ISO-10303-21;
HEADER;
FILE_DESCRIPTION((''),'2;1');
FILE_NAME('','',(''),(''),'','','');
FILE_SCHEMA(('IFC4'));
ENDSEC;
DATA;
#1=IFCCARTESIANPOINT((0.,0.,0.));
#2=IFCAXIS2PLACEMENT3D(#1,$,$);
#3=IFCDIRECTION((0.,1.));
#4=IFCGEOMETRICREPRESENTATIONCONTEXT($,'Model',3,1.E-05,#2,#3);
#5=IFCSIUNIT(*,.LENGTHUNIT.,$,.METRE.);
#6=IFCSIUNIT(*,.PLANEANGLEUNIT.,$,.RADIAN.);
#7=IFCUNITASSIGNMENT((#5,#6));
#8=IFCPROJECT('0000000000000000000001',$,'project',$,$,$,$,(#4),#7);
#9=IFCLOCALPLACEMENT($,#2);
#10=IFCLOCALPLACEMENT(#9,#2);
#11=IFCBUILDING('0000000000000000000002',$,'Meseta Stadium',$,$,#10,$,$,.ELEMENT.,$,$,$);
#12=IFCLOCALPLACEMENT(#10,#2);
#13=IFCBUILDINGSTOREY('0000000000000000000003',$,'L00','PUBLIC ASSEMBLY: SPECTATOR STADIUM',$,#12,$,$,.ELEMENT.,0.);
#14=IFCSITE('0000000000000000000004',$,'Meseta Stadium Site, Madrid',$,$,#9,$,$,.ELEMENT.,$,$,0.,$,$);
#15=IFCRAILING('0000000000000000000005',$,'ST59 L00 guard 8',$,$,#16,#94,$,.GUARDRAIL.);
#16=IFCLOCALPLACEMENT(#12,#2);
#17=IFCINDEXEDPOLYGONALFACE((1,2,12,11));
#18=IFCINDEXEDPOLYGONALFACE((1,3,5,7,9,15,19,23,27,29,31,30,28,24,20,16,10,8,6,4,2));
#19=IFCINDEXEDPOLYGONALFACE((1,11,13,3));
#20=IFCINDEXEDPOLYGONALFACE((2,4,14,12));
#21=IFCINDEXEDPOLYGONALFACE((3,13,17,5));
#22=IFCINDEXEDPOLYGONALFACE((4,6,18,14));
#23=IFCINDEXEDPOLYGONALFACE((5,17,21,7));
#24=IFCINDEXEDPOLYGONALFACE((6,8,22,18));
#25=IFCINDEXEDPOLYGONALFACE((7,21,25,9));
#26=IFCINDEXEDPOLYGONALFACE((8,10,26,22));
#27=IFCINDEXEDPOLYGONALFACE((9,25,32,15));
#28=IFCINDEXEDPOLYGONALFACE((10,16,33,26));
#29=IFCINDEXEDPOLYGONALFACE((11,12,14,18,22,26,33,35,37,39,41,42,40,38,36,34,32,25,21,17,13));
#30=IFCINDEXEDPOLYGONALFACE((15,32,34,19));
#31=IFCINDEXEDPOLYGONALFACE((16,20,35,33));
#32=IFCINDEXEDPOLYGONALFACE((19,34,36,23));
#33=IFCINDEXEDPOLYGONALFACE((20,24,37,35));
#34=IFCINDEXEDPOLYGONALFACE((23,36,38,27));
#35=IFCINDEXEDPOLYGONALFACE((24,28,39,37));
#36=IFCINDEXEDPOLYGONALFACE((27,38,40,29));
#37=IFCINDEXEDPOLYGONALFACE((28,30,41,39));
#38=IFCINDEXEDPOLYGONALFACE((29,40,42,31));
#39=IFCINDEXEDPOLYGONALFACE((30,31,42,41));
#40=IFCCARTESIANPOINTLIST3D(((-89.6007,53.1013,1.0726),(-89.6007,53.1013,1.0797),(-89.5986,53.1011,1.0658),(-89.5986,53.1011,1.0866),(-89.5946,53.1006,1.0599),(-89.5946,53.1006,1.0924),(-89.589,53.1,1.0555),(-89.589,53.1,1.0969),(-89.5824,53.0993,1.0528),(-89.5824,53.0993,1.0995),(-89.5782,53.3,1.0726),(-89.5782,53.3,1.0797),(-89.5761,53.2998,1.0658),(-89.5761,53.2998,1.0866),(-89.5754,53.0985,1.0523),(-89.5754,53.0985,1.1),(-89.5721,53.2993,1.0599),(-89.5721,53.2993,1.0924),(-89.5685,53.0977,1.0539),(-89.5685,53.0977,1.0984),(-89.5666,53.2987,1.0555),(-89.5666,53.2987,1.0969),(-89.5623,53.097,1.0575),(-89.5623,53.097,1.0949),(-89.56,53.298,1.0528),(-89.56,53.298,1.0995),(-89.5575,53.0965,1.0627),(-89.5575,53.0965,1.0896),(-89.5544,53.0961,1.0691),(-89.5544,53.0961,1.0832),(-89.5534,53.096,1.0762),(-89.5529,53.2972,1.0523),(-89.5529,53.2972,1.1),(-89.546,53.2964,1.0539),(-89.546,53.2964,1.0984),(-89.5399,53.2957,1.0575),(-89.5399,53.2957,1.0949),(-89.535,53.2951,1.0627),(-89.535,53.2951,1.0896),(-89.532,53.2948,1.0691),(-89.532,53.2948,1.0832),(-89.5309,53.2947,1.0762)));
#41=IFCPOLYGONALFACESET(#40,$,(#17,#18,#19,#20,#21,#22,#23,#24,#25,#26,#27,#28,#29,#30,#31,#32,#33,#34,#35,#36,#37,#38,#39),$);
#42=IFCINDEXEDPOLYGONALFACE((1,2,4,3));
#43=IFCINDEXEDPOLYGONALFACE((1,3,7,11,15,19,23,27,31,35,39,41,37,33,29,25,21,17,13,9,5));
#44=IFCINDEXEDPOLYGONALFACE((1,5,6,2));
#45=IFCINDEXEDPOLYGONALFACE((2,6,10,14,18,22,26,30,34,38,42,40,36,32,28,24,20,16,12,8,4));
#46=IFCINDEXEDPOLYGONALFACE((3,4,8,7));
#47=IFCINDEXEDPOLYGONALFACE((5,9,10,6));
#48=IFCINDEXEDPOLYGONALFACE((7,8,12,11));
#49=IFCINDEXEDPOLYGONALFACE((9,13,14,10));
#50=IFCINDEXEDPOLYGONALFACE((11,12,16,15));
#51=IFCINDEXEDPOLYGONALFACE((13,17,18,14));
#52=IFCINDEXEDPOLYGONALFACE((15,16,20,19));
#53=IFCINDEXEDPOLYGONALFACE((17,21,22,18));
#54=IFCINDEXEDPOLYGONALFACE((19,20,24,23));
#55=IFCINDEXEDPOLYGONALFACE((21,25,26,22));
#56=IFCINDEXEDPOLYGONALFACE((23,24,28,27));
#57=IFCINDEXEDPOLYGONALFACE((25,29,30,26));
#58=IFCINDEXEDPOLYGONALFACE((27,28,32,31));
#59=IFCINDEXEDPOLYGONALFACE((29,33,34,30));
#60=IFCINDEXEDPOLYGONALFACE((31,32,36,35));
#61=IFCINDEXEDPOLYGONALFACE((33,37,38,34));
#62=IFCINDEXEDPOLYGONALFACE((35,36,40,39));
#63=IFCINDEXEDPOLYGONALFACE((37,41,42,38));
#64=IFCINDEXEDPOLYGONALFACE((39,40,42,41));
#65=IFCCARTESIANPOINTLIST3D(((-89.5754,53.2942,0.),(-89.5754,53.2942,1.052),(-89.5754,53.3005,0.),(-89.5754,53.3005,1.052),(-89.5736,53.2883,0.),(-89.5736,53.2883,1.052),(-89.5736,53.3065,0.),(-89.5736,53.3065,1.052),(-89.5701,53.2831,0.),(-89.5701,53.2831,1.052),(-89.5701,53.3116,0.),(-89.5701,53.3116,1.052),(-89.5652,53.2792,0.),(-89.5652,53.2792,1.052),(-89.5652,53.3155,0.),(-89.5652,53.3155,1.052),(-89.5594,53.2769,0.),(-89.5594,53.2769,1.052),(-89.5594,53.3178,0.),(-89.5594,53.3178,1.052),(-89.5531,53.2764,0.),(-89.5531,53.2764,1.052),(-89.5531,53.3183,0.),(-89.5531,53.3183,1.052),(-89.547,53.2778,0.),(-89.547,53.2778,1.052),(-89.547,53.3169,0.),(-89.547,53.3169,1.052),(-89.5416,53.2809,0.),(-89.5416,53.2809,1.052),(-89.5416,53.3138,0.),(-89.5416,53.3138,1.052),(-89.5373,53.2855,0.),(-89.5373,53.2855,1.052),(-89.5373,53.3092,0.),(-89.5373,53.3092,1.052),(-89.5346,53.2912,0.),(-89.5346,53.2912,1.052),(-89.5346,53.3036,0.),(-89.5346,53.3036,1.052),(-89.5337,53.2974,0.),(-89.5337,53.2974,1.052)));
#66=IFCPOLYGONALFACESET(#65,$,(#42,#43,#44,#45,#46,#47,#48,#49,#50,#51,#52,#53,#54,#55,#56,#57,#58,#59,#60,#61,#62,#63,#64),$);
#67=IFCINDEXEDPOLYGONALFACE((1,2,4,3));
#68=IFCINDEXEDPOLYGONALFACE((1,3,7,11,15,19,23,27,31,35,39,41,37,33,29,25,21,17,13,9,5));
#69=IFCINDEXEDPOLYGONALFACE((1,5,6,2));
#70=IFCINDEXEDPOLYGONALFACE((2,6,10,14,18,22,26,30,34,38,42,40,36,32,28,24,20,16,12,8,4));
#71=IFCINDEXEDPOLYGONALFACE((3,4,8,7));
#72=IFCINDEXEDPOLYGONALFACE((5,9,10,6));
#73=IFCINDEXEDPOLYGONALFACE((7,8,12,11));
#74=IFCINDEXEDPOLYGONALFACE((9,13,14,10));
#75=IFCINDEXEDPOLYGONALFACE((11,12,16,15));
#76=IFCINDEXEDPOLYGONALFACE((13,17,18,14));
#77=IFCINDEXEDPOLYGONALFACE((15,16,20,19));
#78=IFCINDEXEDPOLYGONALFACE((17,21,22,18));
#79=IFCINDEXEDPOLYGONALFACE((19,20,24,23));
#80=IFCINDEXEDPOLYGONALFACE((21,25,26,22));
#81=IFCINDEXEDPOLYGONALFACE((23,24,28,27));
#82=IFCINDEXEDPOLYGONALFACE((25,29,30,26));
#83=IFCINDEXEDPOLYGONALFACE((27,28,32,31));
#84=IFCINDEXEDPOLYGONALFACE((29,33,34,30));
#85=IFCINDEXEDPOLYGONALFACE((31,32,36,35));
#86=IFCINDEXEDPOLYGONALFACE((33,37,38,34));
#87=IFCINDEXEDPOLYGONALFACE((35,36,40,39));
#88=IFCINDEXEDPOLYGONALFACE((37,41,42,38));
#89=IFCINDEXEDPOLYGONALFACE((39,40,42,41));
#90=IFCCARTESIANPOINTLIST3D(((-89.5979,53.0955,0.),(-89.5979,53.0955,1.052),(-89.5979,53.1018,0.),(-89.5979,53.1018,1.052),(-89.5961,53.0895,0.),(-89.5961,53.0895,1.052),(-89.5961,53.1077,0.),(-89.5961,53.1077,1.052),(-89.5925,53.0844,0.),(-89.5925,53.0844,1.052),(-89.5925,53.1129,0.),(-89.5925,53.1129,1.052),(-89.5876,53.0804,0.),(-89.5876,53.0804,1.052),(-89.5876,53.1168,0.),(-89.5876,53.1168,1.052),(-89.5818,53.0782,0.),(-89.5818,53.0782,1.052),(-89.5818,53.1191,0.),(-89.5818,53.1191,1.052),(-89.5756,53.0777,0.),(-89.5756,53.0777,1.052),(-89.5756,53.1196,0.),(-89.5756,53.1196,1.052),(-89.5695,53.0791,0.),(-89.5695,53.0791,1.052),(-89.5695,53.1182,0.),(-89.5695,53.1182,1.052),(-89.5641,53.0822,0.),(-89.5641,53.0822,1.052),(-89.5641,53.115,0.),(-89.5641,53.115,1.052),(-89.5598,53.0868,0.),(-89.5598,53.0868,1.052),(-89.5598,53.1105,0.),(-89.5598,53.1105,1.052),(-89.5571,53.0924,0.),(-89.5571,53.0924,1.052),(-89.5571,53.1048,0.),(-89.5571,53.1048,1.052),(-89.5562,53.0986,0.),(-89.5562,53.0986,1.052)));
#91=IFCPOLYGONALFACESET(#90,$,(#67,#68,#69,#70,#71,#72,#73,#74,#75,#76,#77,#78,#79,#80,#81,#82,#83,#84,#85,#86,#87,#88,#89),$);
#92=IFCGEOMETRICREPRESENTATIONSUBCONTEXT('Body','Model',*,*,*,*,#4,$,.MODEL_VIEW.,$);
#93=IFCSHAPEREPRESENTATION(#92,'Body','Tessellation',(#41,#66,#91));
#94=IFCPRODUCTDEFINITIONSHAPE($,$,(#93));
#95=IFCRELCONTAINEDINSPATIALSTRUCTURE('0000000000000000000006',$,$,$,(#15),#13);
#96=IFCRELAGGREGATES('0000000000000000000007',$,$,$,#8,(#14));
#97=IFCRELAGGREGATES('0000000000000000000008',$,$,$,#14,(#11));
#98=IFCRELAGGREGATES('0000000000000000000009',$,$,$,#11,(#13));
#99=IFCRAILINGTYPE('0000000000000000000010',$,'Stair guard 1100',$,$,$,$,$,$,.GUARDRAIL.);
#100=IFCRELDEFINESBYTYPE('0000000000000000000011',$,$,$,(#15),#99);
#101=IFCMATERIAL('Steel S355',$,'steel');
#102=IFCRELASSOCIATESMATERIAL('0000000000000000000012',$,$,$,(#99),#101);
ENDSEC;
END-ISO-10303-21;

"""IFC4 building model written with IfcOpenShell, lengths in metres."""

from ifc_helpers import new_model, si_unit, direction, frame, origin, origin_2d, place, context, subcontext, project, spatial, circle, extrude, material, type_object, element, save


model = new_model("IFC4")

# Units and contexts
model_context = context("Model", 3, precision=1e-05, world=origin(), true_north=direction((0.0, 1.0)))
body_context = subcontext(model_context, "Body", "Model", "MODEL_VIEW")
ifc_project = project(units=[si_unit("LENGTHUNIT", "METRE"), si_unit("PLANEANGLEUNIT", "RADIAN")], contexts=[model_context])

# Site, building, storey
site_placement = place(None, origin())
site = spatial("IfcSite", under=ifc_project, at=site_placement, Name="Meseta Stadium Site, Madrid", CompositionType="ELEMENT", RefElevation=0.0)
building_placement = place(site_placement, origin())
building = spatial("IfcBuilding", under=site, at=building_placement, Name="Meseta Stadium", CompositionType="ELEMENT")
storey_placement = place(building_placement, origin())
storey = spatial("IfcBuildingStorey", under=building, at=storey_placement, Name="L00", Description="PUBLIC ASSEMBLY: SPECTATOR STADIUM", CompositionType="ELEMENT", Elevation=0.0)

# Railing
ifc_material_1 = material(Name="Steel S355", Category="steel")
railing_type_1 = type_object("IfcRailingType", Name="Stair guard 1100", PredefinedType="GUARDRAIL", material=ifc_material_1)
railing_1_placement = place(storey_placement, frame((-89.5547, 53.2974, 0.0)))
element("IfcRailing", 1, at=railing_1_placement, inside=storey, type_object=railing_type_1, Name="ST59 L00 guard 8", PredefinedType="GUARDRAIL", context=body_context, shape_type="SweptSolid", body=[
    extrude(circle(Radius=0.0239, at=origin_2d()), frame((0.0, 0.0, 1.0762), z_axis=(-0.112307, -0.993674, 0.0), x_axis=(0.993674, -0.112307, 0.0)), (0.0, 0.0, 1.0), 0.2),
    extrude(circle(Radius=0.021, at=origin_2d()), origin(), (0.0, 0.0, 1.0), 1.052),
    extrude(circle(Radius=0.021, at=origin_2d()), frame((-0.0225, -0.1987, 0.0)), (0.0, 0.0, 1.0), 1.052),
])

save(model, "model.ifc")
